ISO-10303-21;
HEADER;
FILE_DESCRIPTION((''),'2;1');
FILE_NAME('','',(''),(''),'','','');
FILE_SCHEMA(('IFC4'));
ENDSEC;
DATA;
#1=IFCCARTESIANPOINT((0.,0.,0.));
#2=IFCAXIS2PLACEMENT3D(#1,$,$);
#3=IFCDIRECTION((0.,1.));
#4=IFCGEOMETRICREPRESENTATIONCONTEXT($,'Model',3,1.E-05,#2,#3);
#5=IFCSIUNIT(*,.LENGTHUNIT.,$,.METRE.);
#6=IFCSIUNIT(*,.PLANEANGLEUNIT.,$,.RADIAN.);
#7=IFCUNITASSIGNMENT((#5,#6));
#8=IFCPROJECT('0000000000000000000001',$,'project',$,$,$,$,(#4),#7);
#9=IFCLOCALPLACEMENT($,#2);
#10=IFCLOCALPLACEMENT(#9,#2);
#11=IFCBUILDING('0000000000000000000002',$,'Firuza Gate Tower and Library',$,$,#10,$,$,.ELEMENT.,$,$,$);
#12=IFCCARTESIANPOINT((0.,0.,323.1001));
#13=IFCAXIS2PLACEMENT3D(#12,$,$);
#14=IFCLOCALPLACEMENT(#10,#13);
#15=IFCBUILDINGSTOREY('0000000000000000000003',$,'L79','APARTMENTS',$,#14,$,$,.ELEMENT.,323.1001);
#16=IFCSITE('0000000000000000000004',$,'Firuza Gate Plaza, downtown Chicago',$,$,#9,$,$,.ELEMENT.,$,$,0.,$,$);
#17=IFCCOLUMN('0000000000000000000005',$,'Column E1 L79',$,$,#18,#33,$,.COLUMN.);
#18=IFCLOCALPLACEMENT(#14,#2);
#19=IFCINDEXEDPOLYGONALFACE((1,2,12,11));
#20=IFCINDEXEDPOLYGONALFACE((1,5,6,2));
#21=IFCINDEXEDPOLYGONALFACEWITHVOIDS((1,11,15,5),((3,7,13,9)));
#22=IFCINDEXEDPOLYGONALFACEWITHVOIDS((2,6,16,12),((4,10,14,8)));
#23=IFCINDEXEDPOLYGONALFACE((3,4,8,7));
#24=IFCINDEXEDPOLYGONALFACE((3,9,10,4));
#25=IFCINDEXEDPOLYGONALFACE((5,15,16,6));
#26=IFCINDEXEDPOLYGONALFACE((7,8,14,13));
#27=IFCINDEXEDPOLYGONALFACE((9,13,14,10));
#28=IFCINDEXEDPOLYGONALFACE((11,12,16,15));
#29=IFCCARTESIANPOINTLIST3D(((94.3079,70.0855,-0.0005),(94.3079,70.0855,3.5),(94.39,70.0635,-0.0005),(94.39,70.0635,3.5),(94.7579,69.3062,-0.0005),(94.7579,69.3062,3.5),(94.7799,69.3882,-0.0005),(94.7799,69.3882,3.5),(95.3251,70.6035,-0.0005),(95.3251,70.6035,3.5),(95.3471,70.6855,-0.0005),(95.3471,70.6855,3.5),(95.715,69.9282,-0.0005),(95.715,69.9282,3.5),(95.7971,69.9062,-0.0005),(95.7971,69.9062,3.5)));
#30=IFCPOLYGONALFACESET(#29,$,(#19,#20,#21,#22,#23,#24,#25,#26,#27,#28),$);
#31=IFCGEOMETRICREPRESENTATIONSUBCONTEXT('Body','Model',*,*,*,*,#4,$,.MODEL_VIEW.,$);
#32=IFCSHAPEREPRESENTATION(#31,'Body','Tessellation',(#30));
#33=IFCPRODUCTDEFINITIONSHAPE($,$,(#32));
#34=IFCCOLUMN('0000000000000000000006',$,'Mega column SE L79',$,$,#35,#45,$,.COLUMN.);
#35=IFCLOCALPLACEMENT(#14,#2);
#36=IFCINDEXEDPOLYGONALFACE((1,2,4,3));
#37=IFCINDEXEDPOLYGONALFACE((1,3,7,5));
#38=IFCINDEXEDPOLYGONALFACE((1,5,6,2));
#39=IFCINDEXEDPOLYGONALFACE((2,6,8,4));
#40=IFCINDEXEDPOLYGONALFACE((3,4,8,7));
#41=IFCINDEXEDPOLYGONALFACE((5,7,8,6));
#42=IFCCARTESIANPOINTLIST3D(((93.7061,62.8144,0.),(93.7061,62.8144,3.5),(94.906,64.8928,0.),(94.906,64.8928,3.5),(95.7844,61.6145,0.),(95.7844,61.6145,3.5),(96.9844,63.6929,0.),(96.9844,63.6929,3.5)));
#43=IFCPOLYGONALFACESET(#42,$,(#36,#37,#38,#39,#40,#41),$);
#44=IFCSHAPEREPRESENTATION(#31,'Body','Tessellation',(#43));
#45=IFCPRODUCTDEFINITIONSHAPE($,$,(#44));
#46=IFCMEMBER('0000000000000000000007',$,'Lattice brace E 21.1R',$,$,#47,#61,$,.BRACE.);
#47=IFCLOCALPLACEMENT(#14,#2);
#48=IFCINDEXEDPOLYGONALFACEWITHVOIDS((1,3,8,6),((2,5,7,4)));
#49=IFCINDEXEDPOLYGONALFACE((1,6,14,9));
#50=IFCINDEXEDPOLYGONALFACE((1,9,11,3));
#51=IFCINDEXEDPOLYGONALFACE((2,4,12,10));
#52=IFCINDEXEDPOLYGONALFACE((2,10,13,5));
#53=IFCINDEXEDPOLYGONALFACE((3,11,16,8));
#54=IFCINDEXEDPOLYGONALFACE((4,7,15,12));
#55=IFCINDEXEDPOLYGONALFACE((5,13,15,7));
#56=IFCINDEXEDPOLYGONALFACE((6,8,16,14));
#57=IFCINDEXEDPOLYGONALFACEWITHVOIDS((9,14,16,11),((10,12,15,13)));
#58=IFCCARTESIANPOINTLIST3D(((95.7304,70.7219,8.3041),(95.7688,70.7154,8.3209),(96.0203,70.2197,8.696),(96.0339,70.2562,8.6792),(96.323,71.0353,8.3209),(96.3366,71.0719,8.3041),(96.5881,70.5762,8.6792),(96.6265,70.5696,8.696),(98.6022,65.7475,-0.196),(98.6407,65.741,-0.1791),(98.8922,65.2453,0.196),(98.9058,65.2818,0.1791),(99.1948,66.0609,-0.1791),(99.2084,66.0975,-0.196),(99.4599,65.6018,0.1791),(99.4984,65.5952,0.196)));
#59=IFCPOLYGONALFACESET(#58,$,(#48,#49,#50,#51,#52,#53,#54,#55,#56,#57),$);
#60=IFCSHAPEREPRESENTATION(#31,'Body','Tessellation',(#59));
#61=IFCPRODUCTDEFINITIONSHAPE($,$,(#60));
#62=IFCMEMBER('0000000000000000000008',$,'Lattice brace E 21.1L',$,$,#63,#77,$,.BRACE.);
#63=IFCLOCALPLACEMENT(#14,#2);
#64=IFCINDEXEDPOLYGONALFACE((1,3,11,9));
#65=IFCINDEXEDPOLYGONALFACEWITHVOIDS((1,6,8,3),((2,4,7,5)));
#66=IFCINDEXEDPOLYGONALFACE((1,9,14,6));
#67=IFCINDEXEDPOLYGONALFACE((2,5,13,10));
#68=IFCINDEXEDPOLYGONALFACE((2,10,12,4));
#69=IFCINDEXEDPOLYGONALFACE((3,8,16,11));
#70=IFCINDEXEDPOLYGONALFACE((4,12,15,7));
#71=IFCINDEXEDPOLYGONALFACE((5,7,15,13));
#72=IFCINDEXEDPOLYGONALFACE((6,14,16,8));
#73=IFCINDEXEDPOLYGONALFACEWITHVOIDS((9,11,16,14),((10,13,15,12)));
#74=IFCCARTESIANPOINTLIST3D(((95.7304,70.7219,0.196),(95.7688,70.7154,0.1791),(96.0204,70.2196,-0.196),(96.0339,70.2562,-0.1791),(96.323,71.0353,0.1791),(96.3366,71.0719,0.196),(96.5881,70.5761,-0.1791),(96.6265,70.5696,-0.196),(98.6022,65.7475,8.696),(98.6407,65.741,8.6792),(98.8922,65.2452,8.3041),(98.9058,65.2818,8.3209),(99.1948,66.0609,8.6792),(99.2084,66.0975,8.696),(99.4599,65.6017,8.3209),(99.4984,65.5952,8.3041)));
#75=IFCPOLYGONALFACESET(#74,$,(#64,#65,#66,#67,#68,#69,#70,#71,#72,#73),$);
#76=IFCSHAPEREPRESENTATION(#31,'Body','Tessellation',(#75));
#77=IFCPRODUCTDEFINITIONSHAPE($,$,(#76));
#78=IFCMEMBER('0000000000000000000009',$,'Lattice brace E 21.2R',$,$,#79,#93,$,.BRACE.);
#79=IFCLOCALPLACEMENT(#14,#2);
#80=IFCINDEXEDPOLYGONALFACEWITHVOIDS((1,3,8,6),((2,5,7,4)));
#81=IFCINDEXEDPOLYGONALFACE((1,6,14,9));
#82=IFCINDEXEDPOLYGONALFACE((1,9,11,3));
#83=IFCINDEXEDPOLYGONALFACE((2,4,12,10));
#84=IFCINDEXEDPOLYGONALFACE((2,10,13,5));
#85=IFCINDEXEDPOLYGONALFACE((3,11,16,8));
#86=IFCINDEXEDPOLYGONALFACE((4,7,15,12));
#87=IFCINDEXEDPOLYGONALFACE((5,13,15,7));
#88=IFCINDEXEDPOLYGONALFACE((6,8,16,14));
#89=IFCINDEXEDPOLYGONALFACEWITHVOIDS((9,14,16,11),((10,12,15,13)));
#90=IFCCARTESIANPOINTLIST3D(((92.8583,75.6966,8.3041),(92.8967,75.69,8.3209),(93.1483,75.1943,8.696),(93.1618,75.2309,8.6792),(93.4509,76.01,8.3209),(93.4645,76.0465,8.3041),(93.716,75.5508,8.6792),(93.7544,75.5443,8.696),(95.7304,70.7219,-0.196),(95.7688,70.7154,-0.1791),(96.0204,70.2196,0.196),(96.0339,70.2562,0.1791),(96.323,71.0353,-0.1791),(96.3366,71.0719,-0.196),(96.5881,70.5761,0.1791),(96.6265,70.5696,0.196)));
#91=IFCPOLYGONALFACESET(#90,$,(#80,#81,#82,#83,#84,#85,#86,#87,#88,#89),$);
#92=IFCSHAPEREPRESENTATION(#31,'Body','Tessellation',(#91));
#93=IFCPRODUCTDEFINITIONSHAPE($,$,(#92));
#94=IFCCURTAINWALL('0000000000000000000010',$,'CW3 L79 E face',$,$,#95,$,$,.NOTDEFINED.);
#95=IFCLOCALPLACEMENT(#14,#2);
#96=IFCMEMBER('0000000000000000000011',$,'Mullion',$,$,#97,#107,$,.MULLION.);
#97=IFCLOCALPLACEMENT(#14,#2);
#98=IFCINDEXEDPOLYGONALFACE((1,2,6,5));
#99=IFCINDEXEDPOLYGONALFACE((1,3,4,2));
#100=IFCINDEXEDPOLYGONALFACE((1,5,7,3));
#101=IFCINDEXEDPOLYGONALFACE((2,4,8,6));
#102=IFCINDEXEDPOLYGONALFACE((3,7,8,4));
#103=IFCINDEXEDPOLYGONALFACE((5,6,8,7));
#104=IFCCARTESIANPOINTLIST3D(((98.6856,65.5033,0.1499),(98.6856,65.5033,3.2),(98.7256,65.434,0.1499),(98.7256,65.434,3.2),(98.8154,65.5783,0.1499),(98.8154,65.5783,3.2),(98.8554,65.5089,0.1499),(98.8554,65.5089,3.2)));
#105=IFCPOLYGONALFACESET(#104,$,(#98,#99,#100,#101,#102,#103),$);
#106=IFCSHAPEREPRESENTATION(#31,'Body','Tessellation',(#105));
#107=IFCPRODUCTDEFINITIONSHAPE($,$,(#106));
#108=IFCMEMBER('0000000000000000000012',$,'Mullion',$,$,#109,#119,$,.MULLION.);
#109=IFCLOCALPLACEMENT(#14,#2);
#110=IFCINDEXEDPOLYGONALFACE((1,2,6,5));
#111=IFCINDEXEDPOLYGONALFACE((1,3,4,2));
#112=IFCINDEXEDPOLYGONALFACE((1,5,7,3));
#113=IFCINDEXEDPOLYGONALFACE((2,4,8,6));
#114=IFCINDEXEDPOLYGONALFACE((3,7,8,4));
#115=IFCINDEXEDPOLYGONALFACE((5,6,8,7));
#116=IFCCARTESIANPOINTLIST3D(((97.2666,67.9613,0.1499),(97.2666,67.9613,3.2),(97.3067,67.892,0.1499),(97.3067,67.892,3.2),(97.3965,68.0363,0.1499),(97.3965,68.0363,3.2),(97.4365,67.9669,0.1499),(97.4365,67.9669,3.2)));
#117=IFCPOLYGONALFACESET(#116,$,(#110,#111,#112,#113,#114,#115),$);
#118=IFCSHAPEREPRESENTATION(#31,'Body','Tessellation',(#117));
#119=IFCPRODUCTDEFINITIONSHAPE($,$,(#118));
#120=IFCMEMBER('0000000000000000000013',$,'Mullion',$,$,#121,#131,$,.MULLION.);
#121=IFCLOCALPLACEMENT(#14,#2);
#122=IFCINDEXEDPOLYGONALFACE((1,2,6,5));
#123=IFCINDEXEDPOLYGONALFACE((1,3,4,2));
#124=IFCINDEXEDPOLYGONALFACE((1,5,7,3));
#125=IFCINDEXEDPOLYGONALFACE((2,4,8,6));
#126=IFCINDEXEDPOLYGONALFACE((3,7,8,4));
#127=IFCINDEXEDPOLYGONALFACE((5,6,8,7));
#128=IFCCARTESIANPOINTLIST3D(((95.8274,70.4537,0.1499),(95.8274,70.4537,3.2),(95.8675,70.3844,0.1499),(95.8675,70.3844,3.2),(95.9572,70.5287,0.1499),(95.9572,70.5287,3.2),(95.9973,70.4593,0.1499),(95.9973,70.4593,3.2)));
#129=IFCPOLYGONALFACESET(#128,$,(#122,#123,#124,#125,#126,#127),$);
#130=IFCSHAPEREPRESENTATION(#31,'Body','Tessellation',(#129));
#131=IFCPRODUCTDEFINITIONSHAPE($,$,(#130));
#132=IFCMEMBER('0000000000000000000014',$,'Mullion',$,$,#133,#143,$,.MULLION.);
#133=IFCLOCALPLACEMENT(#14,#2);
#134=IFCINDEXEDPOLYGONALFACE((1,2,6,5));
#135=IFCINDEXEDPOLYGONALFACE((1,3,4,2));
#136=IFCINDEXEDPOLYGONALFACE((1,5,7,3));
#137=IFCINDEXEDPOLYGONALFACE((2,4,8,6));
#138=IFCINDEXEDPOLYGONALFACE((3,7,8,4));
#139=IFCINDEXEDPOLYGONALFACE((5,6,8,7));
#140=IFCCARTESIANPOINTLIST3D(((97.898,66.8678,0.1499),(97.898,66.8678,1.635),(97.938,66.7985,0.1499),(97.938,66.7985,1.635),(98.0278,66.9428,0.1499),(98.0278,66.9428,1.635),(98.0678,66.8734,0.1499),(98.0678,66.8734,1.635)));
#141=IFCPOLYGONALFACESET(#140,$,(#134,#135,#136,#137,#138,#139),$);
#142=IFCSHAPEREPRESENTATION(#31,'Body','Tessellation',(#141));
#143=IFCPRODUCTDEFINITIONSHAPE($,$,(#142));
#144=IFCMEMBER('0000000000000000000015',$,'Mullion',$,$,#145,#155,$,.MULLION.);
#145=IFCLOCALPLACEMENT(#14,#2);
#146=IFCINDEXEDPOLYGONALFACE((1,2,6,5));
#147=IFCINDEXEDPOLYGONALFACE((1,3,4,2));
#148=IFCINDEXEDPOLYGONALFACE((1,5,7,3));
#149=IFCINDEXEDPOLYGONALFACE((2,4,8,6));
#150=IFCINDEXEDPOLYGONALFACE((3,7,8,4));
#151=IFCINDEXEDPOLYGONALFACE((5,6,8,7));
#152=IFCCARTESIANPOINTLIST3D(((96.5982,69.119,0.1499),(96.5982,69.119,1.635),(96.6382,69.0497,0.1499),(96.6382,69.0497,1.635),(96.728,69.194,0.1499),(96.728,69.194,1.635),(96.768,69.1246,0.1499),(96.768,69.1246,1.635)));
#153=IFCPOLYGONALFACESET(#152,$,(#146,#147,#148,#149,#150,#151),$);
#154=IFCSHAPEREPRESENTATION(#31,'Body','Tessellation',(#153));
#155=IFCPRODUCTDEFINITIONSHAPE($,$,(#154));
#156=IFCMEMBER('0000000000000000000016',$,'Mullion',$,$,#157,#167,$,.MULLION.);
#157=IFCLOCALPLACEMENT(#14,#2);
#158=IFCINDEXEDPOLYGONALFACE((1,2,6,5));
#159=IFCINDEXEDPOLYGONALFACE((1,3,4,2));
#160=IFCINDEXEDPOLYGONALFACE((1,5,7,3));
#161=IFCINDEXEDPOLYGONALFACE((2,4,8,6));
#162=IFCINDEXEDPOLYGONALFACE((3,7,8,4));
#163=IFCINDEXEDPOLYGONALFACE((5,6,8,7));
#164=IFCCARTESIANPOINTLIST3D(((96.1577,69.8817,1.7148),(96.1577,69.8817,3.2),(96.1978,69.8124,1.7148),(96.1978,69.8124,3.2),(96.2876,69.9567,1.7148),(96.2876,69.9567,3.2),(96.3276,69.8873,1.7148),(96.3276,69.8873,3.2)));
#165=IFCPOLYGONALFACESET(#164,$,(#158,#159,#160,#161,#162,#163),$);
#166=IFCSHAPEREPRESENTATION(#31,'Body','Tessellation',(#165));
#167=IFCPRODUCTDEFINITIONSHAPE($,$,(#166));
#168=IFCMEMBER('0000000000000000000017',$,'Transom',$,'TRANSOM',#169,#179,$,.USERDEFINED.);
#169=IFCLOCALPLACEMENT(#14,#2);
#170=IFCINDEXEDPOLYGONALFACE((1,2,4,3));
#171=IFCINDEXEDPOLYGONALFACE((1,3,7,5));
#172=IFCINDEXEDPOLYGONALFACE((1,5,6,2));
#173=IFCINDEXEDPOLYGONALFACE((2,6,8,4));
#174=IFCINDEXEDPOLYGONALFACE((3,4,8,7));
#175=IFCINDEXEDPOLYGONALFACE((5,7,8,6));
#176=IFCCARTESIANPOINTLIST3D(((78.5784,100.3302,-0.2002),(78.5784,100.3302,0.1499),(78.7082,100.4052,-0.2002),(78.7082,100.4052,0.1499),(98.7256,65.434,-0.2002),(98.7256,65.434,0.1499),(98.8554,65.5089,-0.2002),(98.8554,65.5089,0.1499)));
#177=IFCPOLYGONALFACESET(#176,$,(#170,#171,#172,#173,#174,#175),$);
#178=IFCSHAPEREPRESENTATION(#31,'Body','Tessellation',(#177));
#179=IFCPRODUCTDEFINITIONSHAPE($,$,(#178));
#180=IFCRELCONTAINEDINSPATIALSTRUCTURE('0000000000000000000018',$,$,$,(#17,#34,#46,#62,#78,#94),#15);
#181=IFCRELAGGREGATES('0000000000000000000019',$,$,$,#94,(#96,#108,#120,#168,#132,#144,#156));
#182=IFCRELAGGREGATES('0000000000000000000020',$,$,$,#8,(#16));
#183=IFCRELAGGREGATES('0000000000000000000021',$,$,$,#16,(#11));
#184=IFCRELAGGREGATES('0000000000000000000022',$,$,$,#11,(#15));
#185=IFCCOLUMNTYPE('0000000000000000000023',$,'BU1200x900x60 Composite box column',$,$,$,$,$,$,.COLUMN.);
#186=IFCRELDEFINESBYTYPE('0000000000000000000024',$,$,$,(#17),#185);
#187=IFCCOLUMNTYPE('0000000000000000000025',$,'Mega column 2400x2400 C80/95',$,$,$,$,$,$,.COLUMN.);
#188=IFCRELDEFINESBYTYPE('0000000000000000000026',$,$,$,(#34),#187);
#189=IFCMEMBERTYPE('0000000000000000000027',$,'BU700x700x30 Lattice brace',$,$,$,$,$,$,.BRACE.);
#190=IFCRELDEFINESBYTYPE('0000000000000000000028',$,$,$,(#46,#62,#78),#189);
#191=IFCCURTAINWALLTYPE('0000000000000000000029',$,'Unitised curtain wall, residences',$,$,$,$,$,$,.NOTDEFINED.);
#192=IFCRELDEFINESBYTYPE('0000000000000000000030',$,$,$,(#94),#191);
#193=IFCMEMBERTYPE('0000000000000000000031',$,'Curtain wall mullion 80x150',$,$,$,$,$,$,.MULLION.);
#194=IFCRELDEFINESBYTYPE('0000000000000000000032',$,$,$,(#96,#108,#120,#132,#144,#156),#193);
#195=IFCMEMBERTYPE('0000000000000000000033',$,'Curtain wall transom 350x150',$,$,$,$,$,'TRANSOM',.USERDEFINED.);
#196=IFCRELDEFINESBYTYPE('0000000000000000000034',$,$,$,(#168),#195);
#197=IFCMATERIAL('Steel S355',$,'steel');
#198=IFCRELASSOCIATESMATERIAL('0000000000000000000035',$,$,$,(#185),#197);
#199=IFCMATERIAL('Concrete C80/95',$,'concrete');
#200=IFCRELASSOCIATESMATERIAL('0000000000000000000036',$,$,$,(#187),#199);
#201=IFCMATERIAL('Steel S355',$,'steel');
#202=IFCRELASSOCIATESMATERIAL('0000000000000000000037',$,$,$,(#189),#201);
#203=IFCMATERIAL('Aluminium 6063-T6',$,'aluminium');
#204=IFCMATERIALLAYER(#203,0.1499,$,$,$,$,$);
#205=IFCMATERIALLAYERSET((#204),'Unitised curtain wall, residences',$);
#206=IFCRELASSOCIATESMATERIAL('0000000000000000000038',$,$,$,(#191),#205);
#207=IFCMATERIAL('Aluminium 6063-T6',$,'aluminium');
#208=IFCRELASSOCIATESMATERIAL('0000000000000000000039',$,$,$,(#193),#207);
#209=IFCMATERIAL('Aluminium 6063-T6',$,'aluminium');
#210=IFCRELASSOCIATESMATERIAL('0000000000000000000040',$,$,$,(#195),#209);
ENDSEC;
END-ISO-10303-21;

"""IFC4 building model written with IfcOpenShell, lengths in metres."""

from ifc_helpers import new_model, si_unit, direction, frame, origin, origin_2d, place, context, subcontext, project, spatial, rectangle, hollow_rectangle, extrude, material, layer, layer_set, material_profile, profile_set, type_object, element, aggregate, save


model = new_model("IFC4")

# Units and contexts
model_context = context("Model", 3, precision=1e-05, world=origin(), true_north=direction((0.0, 1.0)))
body_context = subcontext(model_context, "Body", "Model", "MODEL_VIEW")
ifc_project = project(units=[si_unit("LENGTHUNIT", "METRE"), si_unit("PLANEANGLEUNIT", "RADIAN")], contexts=[model_context])

# Site, building, storey
site_placement = place(None, origin())
site = spatial("IfcSite", under=ifc_project, at=site_placement, Name="Firuza Gate Plaza, downtown Chicago", CompositionType="ELEMENT", RefElevation=0.0)
building_placement = place(site_placement, origin())
building = spatial("IfcBuilding", under=site, at=building_placement, Name="Firuza Gate Tower and Library", CompositionType="ELEMENT")
storey_placement = place(building_placement, frame((0.0, 0.0, 323.1001)))
storey = spatial("IfcBuildingStorey", under=building, at=storey_placement, Name="L79", Description="APARTMENTS", CompositionType="ELEMENT", Elevation=323.1001)

# Columns
ifc_material_1 = material(Name="Steel S355", Category="steel")
ifc_material_profile_1 = material_profile(ifc_material_1, hollow_rectangle(XDim=0.8999, YDim=1.2, WallThickness=0.0601, at=origin_2d()))
ifc_profile_set_1 = profile_set([ifc_material_profile_1], Name="Steel S355")
column_type_1 = type_object("IfcColumnType", Name="BU1200x900x60 Composite box column", PredefinedType="COLUMN", material=ifc_profile_set_1)
column_1_placement = place(storey_placement, frame((95.0525, 69.9958, -0.0005), z_axis=(0.0, 0.0, 1.0), x_axis=(-0.5, 0.866025, 0.0)))
element("IfcColumn", 1, at=column_1_placement, inside=storey, type_object=column_type_1, Name="Column E1 L79", PredefinedType="COLUMN", context=body_context, shape_type="SweptSolid", body=[
    extrude(hollow_rectangle(XDim=0.8999, YDim=1.2, WallThickness=0.0601, at=origin_2d()), origin(), (0.0, 0.0, 1.0), 3.5005),
])
ifc_material_2 = material(Name="Concrete C80/95", Category="concrete")
ifc_material_profile_2 = material_profile(ifc_material_2, rectangle(XDim=2.3999, YDim=2.3999, at=origin_2d()))
ifc_profile_set_2 = profile_set([ifc_material_profile_2], Name="Concrete C80/95")
column_type_2 = type_object("IfcColumnType", Name="Mega column 2400x2400 C80/95", PredefinedType="COLUMN", material=ifc_profile_set_2)
column_2_placement = place(storey_placement, frame((95.3452, 63.2537, 0.0), z_axis=(0.0, 0.0, 1.0), x_axis=(0.5, 0.866025, 0.0)))
element("IfcColumn", 2, at=column_2_placement, inside=storey, type_object=column_type_2, Name="Mega column SE L79", PredefinedType="COLUMN", context=body_context, shape_type="SweptSolid", body=[
    extrude(rectangle(XDim=2.3999, YDim=2.3999, at=origin_2d()), origin(), (0.0, 0.0, 1.0), 3.5),
])

# Members
ifc_material_3 = material(Name="Steel S355", Category="steel")
ifc_material_profile_3 = material_profile(ifc_material_3, hollow_rectangle(XDim=0.7, YDim=0.7, WallThickness=0.03, at=origin_2d()))
ifc_profile_set_3 = profile_set([ifc_material_profile_3], Name="Steel S355")
member_type_1 = type_object("IfcMemberType", Name="BU700x700x30 Lattice brace", PredefinedType="BRACE", material=ifc_profile_set_3)
for number, where, z_axis, x_axis, name in (
    (3, (99.0503, 65.6714, 0.0), (-0.27994, 0.484891, 0.828562), (-0.866035, -0.499984, 0.0), "Lattice brace E 21.1R"),
    (4, (96.1785, 70.6458, 0.0), (0.27994, -0.484891, 0.828562), (0.866035, 0.499984, 0.0), "Lattice brace E 21.1L"),
):
    element("IfcMember", number, at=place(storey_placement, frame(where, z_axis=z_axis, x_axis=x_axis)), inside=storey, type_object=member_type_1, Name=name, PredefinedType="BRACE", context=body_context, shape_type="SweptSolid", body=[
        extrude(hollow_rectangle(XDim=0.7, YDim=0.7, WallThickness=0.03, at=origin_2d()), origin(), (0.0, 0.0, 1.0), 10.2588),
    ])
member_1_placement = place(storey_placement, frame((96.1785, 70.6458, 0.0), z_axis=(-0.279958, 0.484906, 0.828547), x_axis=(-0.866027, -0.499997, 0.0)))
element("IfcMember", 5, at=member_1_placement, inside=storey, type_object=member_type_1, Name="Lattice brace E 21.2R", PredefinedType="BRACE", context=body_context, shape_type="SweptSolid", body=[
    extrude(hollow_rectangle(XDim=0.7, YDim=0.7, WallThickness=0.03, at=origin_2d()), origin(), (0.0, 0.0, 1.0), 10.259),
])

# Curtain wall, members
ifc_material_4 = material(Name="Aluminium 6063-T6", Category="aluminium")
ifc_layer_1 = layer(ifc_material_4, 0.1499)
ifc_layer_set_1 = layer_set([ifc_layer_1], Name="Unitised curtain wall, residences")
curtain_wall_type = type_object("IfcCurtainWallType", Name="Unitised curtain wall, residences", PredefinedType="NOTDEFINED", material=ifc_layer_set_1)
curtain_wall_placement = place(storey_placement, origin())
curtain_wall = element("IfcCurtainWall", 6, at=curtain_wall_placement, inside=storey, type_object=curtain_wall_type, Name="CW3 L79 E face", PredefinedType="NOTDEFINED")
ifc_material_5 = material(Name="Aluminium 6063-T6", Category="aluminium")
ifc_material_profile_4 = material_profile(ifc_material_5, rectangle(XDim=0.1499, YDim=0.0801, at=origin_2d()))
ifc_profile_set_4 = profile_set([ifc_material_profile_4], Name="Aluminium 6063-T6")
member_type_2 = type_object("IfcMemberType", Name="Curtain wall mullion 80x150", PredefinedType="MULLION", material=ifc_profile_set_4)
member_2_placement = place(storey_placement, frame((98.7705, 65.5061, 0.1499), z_axis=(0.0, 0.0, 1.0), x_axis=(-0.866025, -0.5, 0.0)))
member_2 = element("IfcMember", 7, at=member_2_placement, type_object=member_type_2, Name="Mullion", PredefinedType="MULLION", context=body_context, shape_type="SweptSolid", body=[
    extrude(rectangle(XDim=0.1499, YDim=0.0801, at=origin_2d()), origin(), (0.0, 0.0, 1.0), 3.05),
])
member_3_placement = place(storey_placement, frame((97.3516, 67.9641, 0.1499), z_axis=(0.0, 0.0, 1.0), x_axis=(-0.866025, -0.5, 0.0)))
member_3 = element("IfcMember", 8, at=member_3_placement, type_object=member_type_2, Name="Mullion", PredefinedType="MULLION", context=body_context, shape_type="SweptSolid", body=[
    extrude(rectangle(XDim=0.1499, YDim=0.0801, at=origin_2d()), origin(), (0.0, 0.0, 1.0), 3.05),
])
member_4_placement = place(storey_placement, frame((95.9124, 70.4565, 0.1499), z_axis=(0.0, 0.0, 1.0), x_axis=(-0.866025, -0.5, 0.0)))
member_4 = element("IfcMember", 9, at=member_4_placement, type_object=member_type_2, Name="Mullion", PredefinedType="MULLION", context=body_context, shape_type="SweptSolid", body=[
    extrude(rectangle(XDim=0.1499, YDim=0.0801, at=origin_2d()), origin(), (0.0, 0.0, 1.0), 3.05),
])
member_5_placement = place(storey_placement, frame((97.9829, 66.8706, 0.1499), z_axis=(0.0, 0.0, 1.0), x_axis=(-0.866025, -0.5, 0.0)))
member_5 = element("IfcMember", 10, at=member_5_placement, type_object=member_type_2, Name="Mullion", PredefinedType="MULLION", context=body_context, shape_type="SweptSolid", body=[
    extrude(rectangle(XDim=0.1499, YDim=0.0801, at=origin_2d()), origin(), (0.0, 0.0, 1.0), 1.4851),
])
member_6_placement = place(storey_placement, frame((96.6831, 69.1218, 0.1499), z_axis=(0.0, 0.0, 1.0), x_axis=(-0.866025, -0.5, 0.0)))
member_6 = element("IfcMember", 11, at=member_6_placement, type_object=member_type_2, Name="Mullion", PredefinedType="MULLION", context=body_context, shape_type="SweptSolid", body=[
    extrude(rectangle(XDim=0.1499, YDim=0.0801, at=origin_2d()), origin(), (0.0, 0.0, 1.0), 1.4851),
])
member_7_placement = place(storey_placement, frame((96.2427, 69.8845, 1.7148), z_axis=(0.0, 0.0, 1.0), x_axis=(-0.866025, -0.5, 0.0)))
member_7 = element("IfcMember", 12, at=member_7_placement, type_object=member_type_2, Name="Mullion", PredefinedType="MULLION", context=body_context, shape_type="SweptSolid", body=[
    extrude(rectangle(XDim=0.1499, YDim=0.0801, at=origin_2d()), origin(), (0.0, 0.0, 1.0), 1.4851),
])
ifc_material_6 = material(Name="Aluminium 6063-T6", Category="aluminium")
ifc_material_profile_5 = material_profile(ifc_material_6, rectangle(XDim=0.1499, YDim=0.3501, at=origin_2d()))
ifc_profile_set_5 = profile_set([ifc_material_profile_5], Name="Aluminium 6063-T6")
member_type_3 = type_object("IfcMemberType", Name="Curtain wall transom 350x150", ElementType="TRANSOM", PredefinedType="USERDEFINED", material=ifc_profile_set_5)
member_8_placement = place(storey_placement, frame((98.7905, 65.4714, -0.0251), z_axis=(-0.499997, 0.866027, 0.0), x_axis=(-0.866027, -0.499997, 0.0)))
member_8 = element("IfcMember", 13, at=member_8_placement, type_object=member_type_3, Name="Transom", ObjectType="TRANSOM", PredefinedType="USERDEFINED", context=body_context, shape_type="SweptSolid", body=[
    extrude(rectangle(XDim=0.1499, YDim=0.3501, at=origin_2d()), origin(), (0.0, 0.0, 1.0), 40.2947),
])

aggregate(curtain_wall, [member_2, member_3, member_4, member_8, member_5, member_6, member_7])

save(model, "model.ifc")
